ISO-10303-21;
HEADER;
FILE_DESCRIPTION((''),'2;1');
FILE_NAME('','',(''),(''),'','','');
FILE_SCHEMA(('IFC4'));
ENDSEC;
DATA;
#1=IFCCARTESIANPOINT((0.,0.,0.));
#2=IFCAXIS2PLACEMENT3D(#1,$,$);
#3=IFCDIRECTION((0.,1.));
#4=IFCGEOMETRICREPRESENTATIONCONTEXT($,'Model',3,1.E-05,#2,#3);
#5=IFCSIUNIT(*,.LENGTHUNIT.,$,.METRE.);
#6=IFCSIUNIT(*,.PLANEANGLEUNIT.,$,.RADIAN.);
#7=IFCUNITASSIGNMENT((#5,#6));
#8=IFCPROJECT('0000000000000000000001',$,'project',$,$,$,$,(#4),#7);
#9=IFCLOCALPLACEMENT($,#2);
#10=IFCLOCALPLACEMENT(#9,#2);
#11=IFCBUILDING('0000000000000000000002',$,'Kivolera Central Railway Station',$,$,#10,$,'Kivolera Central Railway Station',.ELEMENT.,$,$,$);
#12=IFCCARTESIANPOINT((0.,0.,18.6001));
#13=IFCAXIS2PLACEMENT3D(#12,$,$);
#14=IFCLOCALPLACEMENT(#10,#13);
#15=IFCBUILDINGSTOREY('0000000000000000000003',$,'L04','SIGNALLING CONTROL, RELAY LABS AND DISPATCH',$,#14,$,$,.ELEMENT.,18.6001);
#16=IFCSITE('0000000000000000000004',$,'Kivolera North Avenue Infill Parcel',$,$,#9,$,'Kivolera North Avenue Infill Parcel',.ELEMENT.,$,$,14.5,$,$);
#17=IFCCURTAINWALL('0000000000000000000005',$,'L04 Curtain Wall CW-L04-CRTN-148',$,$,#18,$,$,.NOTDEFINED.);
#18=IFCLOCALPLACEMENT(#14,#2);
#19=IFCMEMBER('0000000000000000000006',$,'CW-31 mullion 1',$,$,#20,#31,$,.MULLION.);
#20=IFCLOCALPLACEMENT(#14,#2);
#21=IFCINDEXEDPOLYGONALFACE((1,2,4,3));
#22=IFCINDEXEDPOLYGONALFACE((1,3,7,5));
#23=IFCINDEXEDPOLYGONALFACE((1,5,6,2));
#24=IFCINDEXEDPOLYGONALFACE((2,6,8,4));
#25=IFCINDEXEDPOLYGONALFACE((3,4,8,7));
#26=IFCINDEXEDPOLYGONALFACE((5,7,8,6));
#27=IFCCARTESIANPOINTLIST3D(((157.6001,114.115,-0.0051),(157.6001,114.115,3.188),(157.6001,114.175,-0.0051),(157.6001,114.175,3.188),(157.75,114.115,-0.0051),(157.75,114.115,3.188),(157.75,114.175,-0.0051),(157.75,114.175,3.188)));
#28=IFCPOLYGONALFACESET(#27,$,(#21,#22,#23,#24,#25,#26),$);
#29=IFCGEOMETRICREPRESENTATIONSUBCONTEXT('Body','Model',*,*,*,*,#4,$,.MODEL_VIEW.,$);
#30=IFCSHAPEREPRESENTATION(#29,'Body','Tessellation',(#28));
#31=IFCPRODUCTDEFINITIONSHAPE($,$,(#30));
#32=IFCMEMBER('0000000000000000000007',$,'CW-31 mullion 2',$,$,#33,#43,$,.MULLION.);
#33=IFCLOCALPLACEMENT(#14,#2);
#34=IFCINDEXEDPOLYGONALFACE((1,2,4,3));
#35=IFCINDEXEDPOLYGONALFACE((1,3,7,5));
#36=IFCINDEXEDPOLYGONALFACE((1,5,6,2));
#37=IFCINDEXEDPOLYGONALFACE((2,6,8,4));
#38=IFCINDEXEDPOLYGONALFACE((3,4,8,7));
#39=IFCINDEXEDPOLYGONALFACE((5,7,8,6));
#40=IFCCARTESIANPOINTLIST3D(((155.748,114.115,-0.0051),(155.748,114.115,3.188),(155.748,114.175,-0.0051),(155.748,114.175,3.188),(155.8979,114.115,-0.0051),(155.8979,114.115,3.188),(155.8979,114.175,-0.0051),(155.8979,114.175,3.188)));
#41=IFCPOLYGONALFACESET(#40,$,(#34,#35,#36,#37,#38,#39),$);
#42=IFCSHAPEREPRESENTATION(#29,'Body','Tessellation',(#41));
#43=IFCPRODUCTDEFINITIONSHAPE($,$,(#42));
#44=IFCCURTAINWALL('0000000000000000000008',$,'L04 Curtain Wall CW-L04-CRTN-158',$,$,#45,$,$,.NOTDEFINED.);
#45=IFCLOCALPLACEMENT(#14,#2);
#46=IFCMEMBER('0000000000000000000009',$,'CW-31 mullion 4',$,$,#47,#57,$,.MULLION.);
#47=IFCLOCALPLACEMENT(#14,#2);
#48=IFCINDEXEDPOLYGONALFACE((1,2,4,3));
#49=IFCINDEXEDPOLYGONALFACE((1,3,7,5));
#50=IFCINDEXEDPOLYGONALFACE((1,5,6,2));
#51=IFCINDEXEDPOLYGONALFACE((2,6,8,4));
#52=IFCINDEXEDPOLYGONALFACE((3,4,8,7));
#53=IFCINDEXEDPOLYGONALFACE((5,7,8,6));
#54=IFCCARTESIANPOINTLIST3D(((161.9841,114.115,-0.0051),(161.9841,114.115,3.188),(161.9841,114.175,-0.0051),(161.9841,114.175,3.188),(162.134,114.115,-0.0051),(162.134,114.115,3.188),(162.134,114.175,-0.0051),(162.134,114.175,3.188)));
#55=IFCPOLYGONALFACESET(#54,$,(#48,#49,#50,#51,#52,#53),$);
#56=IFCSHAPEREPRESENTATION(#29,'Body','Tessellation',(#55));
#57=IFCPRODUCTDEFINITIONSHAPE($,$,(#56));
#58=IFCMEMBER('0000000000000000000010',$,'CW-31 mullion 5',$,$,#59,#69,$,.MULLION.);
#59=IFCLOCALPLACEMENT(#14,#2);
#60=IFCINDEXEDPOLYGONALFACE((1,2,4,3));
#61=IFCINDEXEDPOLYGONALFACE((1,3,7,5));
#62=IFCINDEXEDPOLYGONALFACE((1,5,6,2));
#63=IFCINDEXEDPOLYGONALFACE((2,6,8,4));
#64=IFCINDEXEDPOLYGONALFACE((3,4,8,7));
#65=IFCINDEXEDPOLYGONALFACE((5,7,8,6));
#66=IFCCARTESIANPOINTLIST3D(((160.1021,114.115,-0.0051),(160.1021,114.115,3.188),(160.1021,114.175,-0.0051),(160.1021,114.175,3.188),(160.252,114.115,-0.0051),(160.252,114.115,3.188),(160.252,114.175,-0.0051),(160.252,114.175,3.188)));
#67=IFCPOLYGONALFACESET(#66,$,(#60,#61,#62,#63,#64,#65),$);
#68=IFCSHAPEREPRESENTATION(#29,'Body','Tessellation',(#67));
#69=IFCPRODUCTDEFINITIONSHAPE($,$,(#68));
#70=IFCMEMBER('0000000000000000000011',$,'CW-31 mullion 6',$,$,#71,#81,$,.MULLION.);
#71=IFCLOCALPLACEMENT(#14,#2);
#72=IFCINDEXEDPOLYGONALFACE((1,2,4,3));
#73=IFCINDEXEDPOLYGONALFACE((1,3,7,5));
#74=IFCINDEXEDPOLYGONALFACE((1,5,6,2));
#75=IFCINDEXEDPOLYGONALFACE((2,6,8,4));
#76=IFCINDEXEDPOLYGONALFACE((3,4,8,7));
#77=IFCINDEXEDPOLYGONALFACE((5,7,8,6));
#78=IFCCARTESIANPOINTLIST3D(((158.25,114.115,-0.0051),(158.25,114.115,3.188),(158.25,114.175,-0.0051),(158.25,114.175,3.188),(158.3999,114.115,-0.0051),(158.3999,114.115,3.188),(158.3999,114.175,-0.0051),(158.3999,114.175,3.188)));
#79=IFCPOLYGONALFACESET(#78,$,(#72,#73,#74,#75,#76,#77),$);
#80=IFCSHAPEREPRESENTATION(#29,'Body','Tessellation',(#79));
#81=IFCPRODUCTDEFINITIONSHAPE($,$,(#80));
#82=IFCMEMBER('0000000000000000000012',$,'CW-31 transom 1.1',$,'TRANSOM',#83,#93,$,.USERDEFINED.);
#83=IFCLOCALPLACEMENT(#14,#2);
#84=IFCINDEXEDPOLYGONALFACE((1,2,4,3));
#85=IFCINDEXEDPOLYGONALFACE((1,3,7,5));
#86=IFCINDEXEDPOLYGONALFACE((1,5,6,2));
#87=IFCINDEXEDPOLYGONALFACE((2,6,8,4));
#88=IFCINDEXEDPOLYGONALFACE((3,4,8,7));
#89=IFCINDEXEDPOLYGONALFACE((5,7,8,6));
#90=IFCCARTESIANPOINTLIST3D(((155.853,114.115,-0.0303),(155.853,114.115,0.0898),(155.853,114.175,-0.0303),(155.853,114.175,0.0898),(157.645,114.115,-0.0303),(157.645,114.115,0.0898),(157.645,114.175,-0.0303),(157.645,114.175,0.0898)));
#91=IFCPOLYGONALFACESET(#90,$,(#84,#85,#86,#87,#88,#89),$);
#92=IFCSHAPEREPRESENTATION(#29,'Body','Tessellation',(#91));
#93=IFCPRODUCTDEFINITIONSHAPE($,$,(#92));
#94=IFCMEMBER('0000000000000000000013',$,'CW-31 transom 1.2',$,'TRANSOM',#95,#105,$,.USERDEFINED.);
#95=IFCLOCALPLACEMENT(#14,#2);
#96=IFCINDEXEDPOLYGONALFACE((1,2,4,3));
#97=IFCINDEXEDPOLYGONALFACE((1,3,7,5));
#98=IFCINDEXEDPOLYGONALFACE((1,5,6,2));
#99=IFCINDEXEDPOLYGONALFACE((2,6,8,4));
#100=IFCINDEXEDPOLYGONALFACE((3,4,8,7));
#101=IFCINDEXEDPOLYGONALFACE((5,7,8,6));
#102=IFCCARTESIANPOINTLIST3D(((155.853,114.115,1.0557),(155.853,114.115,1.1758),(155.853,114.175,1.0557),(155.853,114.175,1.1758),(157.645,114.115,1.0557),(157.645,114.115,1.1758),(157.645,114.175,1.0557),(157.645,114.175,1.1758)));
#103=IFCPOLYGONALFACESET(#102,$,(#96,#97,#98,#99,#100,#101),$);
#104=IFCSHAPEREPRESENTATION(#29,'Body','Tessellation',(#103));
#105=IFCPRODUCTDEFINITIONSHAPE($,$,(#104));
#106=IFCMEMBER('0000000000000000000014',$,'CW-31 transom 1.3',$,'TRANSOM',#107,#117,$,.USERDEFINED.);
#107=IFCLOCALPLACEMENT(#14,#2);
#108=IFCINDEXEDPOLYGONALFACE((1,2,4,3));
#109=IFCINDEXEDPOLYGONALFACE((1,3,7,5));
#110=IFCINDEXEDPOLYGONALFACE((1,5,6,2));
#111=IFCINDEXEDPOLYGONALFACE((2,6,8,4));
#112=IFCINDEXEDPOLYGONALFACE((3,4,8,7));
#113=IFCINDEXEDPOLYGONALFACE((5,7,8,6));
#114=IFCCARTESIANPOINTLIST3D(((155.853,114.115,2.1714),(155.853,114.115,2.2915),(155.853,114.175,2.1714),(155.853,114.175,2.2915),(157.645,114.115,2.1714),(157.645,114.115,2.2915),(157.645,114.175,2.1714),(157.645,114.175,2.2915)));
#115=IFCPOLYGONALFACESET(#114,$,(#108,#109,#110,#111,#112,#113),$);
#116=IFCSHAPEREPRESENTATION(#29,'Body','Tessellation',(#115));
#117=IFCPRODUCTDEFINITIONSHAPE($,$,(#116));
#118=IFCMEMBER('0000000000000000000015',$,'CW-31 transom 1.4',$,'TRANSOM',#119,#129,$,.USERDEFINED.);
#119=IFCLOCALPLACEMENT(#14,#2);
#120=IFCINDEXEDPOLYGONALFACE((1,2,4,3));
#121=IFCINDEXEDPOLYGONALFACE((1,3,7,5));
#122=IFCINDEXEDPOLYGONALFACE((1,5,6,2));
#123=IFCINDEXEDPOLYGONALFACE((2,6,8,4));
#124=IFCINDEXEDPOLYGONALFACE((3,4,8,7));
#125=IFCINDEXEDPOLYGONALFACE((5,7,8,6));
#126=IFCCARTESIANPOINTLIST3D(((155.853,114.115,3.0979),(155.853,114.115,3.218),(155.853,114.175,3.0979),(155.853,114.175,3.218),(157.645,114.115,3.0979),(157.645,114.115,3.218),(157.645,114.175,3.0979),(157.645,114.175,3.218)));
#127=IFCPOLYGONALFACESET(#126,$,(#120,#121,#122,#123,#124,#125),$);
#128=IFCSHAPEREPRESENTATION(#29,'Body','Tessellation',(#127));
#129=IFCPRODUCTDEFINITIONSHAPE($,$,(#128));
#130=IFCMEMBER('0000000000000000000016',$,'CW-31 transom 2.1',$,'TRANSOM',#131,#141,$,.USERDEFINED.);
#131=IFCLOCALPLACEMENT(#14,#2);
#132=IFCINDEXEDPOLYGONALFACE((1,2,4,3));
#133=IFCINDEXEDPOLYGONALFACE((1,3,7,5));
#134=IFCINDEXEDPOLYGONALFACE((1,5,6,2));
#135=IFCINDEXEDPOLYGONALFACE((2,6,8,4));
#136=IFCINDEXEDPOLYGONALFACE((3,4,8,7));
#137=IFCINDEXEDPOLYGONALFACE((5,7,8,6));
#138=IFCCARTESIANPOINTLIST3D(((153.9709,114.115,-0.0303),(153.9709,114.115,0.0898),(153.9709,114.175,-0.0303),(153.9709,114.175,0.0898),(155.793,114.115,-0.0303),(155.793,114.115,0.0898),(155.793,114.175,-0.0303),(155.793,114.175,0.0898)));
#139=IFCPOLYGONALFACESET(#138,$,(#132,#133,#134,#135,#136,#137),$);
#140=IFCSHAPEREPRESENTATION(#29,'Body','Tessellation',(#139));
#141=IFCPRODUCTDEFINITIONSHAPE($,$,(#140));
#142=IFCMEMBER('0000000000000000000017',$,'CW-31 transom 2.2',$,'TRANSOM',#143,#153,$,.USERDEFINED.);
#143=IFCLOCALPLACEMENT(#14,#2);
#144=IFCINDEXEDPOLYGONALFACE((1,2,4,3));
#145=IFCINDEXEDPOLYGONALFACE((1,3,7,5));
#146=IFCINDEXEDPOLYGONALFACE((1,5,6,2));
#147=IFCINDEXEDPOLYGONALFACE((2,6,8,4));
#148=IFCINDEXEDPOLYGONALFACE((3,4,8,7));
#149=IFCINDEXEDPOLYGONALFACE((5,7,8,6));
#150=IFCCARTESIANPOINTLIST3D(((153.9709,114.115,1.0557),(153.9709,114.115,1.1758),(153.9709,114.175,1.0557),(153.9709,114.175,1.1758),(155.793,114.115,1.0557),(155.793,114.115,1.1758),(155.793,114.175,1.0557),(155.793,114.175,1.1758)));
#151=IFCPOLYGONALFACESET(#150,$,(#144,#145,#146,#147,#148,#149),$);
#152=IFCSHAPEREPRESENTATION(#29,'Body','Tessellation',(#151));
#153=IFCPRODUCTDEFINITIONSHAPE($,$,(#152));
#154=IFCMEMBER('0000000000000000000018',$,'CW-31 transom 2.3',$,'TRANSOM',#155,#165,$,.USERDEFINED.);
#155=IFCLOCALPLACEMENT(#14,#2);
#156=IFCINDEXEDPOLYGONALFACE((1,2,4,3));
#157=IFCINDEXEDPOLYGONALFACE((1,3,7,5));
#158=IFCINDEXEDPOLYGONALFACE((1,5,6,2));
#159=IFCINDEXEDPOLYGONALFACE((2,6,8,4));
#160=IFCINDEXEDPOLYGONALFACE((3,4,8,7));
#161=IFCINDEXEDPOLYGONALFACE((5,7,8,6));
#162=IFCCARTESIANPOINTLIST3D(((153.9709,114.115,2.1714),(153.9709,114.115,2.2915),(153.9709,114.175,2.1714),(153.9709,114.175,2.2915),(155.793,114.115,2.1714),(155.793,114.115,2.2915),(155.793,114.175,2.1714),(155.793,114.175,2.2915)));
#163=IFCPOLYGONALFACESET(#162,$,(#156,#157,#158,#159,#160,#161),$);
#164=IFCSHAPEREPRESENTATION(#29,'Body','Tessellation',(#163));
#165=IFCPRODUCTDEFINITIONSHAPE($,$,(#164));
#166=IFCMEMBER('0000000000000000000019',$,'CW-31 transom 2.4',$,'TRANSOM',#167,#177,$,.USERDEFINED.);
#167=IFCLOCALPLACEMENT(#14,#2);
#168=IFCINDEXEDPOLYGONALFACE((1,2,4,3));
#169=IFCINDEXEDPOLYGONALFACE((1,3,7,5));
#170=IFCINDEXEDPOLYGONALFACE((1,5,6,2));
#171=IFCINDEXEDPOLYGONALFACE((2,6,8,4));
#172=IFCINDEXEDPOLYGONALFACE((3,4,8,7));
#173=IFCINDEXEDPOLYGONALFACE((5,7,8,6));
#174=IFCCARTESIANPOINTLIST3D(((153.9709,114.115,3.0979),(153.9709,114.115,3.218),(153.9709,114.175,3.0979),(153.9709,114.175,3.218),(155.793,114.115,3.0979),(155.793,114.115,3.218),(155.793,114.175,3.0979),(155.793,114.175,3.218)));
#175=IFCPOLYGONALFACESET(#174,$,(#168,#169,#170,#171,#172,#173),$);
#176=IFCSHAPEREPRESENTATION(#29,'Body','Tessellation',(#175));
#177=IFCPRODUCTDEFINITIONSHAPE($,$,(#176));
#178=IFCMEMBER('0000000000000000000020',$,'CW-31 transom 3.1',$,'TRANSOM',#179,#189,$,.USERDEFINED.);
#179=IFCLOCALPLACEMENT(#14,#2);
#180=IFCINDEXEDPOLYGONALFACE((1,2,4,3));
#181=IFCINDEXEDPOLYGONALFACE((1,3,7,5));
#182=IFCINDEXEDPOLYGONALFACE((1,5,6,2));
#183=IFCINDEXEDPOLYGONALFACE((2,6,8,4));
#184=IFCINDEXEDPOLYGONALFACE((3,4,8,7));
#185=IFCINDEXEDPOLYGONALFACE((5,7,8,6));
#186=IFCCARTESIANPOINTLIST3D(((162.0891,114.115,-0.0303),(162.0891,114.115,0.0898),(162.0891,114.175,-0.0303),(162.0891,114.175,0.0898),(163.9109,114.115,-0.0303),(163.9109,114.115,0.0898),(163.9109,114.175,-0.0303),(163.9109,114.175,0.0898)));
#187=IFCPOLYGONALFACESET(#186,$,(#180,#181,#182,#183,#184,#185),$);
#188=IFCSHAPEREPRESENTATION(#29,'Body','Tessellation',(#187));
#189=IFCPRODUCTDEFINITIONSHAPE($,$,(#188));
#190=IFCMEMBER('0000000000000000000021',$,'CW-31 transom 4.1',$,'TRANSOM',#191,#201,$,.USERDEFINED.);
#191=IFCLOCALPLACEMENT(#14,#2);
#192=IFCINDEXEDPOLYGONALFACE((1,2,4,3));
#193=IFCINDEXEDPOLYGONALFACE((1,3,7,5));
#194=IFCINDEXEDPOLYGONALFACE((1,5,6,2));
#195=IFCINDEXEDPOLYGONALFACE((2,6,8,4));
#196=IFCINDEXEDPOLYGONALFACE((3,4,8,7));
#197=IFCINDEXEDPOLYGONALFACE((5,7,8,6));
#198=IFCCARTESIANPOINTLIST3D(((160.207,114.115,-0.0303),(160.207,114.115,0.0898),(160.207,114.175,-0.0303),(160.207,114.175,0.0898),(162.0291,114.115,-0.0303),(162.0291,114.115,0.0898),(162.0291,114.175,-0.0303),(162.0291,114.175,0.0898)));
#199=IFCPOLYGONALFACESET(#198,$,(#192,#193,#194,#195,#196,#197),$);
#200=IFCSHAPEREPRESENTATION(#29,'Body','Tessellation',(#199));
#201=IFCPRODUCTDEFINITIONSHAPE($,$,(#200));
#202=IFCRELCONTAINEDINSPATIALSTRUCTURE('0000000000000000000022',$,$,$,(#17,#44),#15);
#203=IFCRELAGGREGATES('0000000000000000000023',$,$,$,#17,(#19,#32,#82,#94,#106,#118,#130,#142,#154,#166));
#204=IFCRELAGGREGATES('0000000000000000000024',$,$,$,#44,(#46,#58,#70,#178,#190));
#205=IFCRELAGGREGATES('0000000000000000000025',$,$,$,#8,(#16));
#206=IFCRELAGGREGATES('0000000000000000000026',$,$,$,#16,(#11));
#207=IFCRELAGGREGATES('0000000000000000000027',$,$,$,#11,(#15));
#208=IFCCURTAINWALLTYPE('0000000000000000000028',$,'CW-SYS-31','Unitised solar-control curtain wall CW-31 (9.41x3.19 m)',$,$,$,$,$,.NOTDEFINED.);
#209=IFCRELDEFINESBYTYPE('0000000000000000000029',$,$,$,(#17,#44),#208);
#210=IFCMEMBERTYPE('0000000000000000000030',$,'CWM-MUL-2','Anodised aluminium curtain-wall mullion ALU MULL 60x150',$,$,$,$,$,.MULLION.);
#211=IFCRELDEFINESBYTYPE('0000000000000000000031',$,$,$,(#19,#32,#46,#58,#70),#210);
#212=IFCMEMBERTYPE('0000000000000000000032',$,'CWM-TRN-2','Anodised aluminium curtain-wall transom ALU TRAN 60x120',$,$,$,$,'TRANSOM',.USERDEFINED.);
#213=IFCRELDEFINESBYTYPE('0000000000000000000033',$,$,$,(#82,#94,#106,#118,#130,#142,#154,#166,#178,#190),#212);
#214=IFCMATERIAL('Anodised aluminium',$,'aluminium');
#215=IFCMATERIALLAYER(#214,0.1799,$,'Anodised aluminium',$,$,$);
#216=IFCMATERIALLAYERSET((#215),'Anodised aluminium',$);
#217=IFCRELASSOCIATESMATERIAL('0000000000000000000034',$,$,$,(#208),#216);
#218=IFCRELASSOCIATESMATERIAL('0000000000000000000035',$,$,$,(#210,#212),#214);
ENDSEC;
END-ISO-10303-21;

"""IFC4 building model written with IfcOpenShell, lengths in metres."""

from ifc_helpers import new_model, si_unit, direction, frame, origin, origin_2d, place, context, subcontext, project, spatial, rectangle, extrude, material, layer, layer_set, material_profile, profile_set, type_object, element, aggregate, save


model = new_model("IFC4")

# Units and contexts
model_context = context("Model", 3, precision=1e-05, world=origin(), true_north=direction((0.0, 1.0)))
body_context = subcontext(model_context, "Body", "Model", "MODEL_VIEW")
ifc_project = project(units=[si_unit("LENGTHUNIT", "METRE"), si_unit("PLANEANGLEUNIT", "RADIAN")], contexts=[model_context])

# Site, building, storey
site_placement = place(None, origin())
site = spatial("IfcSite", under=ifc_project, at=site_placement, Name="Kivolera North Avenue Infill Parcel", LongName="Kivolera North Avenue Infill Parcel", CompositionType="ELEMENT", RefElevation=14.5)
building_placement = place(site_placement, origin())
building = spatial("IfcBuilding", under=site, at=building_placement, Name="Kivolera Central Railway Station", LongName="Kivolera Central Railway Station", CompositionType="ELEMENT")
storey_placement = place(building_placement, frame((0.0, 0.0, 18.6001)))
storey = spatial("IfcBuildingStorey", under=building, at=storey_placement, Name="L04", Description="SIGNALLING CONTROL, RELAY LABS AND DISPATCH", CompositionType="ELEMENT", Elevation=18.6001)

# Curtain walls, members
ifc_material_1 = material(Name="Anodised aluminium", Category="aluminium")
ifc_layer_1 = layer(ifc_material_1, 0.1799, Name="Anodised aluminium")
ifc_layer_set_1 = layer_set([ifc_layer_1], Name="Anodised aluminium")
curtain_wall_type = type_object("IfcCurtainWallType", Name="CW-SYS-31", Description="Unitised solar-control curtain wall CW-31 (9.41x3.19 m)", PredefinedType="NOTDEFINED", material=ifc_layer_set_1)
curtain_wall_1_placement = place(storey_placement, origin())
curtain_wall_1 = element("IfcCurtainWall", 1, at=curtain_wall_1_placement, inside=storey, type_object=curtain_wall_type, Name="L04 Curtain Wall CW-L04-CRTN-148", PredefinedType="NOTDEFINED")
ifc_material_profile_1 = material_profile(ifc_material_1, rectangle(XDim=0.0601, YDim=0.1499, at=origin_2d()), Name="ALU MULL 60x150")
ifc_profile_set_1 = profile_set([ifc_material_profile_1], Name="Anodised aluminium")
member_type_1 = type_object("IfcMemberType", Name="CWM-MUL-2", Description="Anodised aluminium curtain-wall mullion ALU MULL 60x150", PredefinedType="MULLION", material=ifc_profile_set_1)
member_1_placement = place(storey_placement, frame((157.675, 114.145, -0.0051), z_axis=(0.0, 0.0, 1.0), x_axis=(0.0, -1.0, 0.0)))
member_1 = element("IfcMember", 2, at=member_1_placement, type_object=member_type_1, Name="CW-31 mullion 1", PredefinedType="MULLION", context=body_context, shape_type="SweptSolid", body=[
    extrude(rectangle(XDim=0.0601, YDim=0.1499, at=origin_2d()), origin(), (0.0, 0.0, 1.0), 3.1931),
])
member_2_placement = place(storey_placement, frame((155.823, 114.145, -0.0051), z_axis=(0.0, 0.0, 1.0), x_axis=(0.0, -1.0, 0.0)))
member_2 = element("IfcMember", 3, at=member_2_placement, type_object=member_type_1, Name="CW-31 mullion 2", PredefinedType="MULLION", context=body_context, shape_type="SweptSolid", body=[
    extrude(rectangle(XDim=0.0601, YDim=0.1499, at=origin_2d()), origin(), (0.0, 0.0, 1.0), 3.1931),
])
curtain_wall_2_placement = place(storey_placement, origin())
curtain_wall_2 = element("IfcCurtainWall", 4, at=curtain_wall_2_placement, inside=storey, type_object=curtain_wall_type, Name="L04 Curtain Wall CW-L04-CRTN-158", PredefinedType="NOTDEFINED")
member_3_placement = place(storey_placement, frame((162.0591, 114.145, -0.0051), z_axis=(0.0, 0.0, 1.0), x_axis=(0.0, -1.0, 0.0)))
member_3 = element("IfcMember", 5, at=member_3_placement, type_object=member_type_1, Name="CW-31 mullion 4", PredefinedType="MULLION", context=body_context, shape_type="SweptSolid", body=[
    extrude(rectangle(XDim=0.0601, YDim=0.1499, at=origin_2d()), origin(), (0.0, 0.0, 1.0), 3.1931),
])
member_4_placement = place(storey_placement, frame((160.177, 114.145, -0.0051), z_axis=(0.0, 0.0, 1.0), x_axis=(0.0, -1.0, 0.0)))
member_4 = element("IfcMember", 6, at=member_4_placement, type_object=member_type_1, Name="CW-31 mullion 5", PredefinedType="MULLION", context=body_context, shape_type="SweptSolid", body=[
    extrude(rectangle(XDim=0.0601, YDim=0.1499, at=origin_2d()), origin(), (0.0, 0.0, 1.0), 3.1931),
])
member_5_placement = place(storey_placement, frame((158.325, 114.145, -0.0051), z_axis=(0.0, 0.0, 1.0), x_axis=(0.0, -1.0, 0.0)))
member_5 = element("IfcMember", 7, at=member_5_placement, type_object=member_type_1, Name="CW-31 mullion 6", PredefinedType="MULLION", context=body_context, shape_type="SweptSolid", body=[
    extrude(rectangle(XDim=0.0601, YDim=0.1499, at=origin_2d()), origin(), (0.0, 0.0, 1.0), 3.1931),
])

# Members
ifc_material_profile_2 = material_profile(ifc_material_1, rectangle(XDim=0.0601, YDim=0.1201, at=origin_2d()), Name="ALU TRAN 60x120")
ifc_profile_set_2 = profile_set([ifc_material_profile_2], Name="Anodised aluminium")
member_type_2 = type_object("IfcMemberType", Name="CWM-TRN-2", Description="Anodised aluminium curtain-wall transom ALU TRAN 60x120", ElementType="TRANSOM", PredefinedType="USERDEFINED", material=ifc_profile_set_2)
member_6_placement = place(storey_placement, frame((157.645, 114.145, 0.0298), z_axis=(-1.0, 0.0, 0.0), x_axis=(0.0, -1.0, 0.0)))
member_6 = element("IfcMember", 8, at=member_6_placement, type_object=member_type_2, Name="CW-31 transom 1.1", ObjectType="TRANSOM", PredefinedType="USERDEFINED", context=body_context, shape_type="SweptSolid", body=[
    extrude(rectangle(XDim=0.0601, YDim=0.1201, at=origin_2d()), origin(), (0.0, 0.0, 1.0), 1.792),
])
member_7_placement = place(storey_placement, frame((157.645, 114.145, 1.1157), z_axis=(-1.0, 0.0, 0.0), x_axis=(0.0, -1.0, 0.0)))
member_7 = element("IfcMember", 9, at=member_7_placement, type_object=member_type_2, Name="CW-31 transom 1.2", ObjectType="TRANSOM", PredefinedType="USERDEFINED", context=body_context, shape_type="SweptSolid", body=[
    extrude(rectangle(XDim=0.0601, YDim=0.1201, at=origin_2d()), origin(), (0.0, 0.0, 1.0), 1.792),
])
member_8_placement = place(storey_placement, frame((157.645, 114.145, 2.2314), z_axis=(-1.0, 0.0, 0.0), x_axis=(0.0, -1.0, 0.0)))
member_8 = element("IfcMember", 10, at=member_8_placement, type_object=member_type_2, Name="CW-31 transom 1.3", ObjectType="TRANSOM", PredefinedType="USERDEFINED", context=body_context, shape_type="SweptSolid", body=[
    extrude(rectangle(XDim=0.0601, YDim=0.1201, at=origin_2d()), origin(), (0.0, 0.0, 1.0), 1.792),
])
member_9_placement = place(storey_placement, frame((157.645, 114.145, 3.158), z_axis=(-1.0, 0.0, 0.0), x_axis=(0.0, -1.0, 0.0)))
member_9 = element("IfcMember", 11, at=member_9_placement, type_object=member_type_2, Name="CW-31 transom 1.4", ObjectType="TRANSOM", PredefinedType="USERDEFINED", context=body_context, shape_type="SweptSolid", body=[
    extrude(rectangle(XDim=0.0601, YDim=0.1201, at=origin_2d()), origin(), (0.0, 0.0, 1.0), 1.792),
])
member_10_placement = place(storey_placement, frame((155.793, 114.145, 0.0298), z_axis=(-1.0, 0.0, 0.0), x_axis=(0.0, -1.0, 0.0)))
member_10 = element("IfcMember", 12, at=member_10_placement, type_object=member_type_2, Name="CW-31 transom 2.1", ObjectType="TRANSOM", PredefinedType="USERDEFINED", context=body_context, shape_type="SweptSolid", body=[
    extrude(rectangle(XDim=0.0601, YDim=0.1201, at=origin_2d()), origin(), (0.0, 0.0, 1.0), 1.822),
])
member_11_placement = place(storey_placement, frame((155.793, 114.145, 1.1157), z_axis=(-1.0, 0.0, 0.0), x_axis=(0.0, -1.0, 0.0)))
member_11 = element("IfcMember", 13, at=member_11_placement, type_object=member_type_2, Name="CW-31 transom 2.2", ObjectType="TRANSOM", PredefinedType="USERDEFINED", context=body_context, shape_type="SweptSolid", body=[
    extrude(rectangle(XDim=0.0601, YDim=0.1201, at=origin_2d()), origin(), (0.0, 0.0, 1.0), 1.822),
])
member_12_placement = place(storey_placement, frame((155.793, 114.145, 2.2314), z_axis=(-1.0, 0.0, 0.0), x_axis=(0.0, -1.0, 0.0)))
member_12 = element("IfcMember", 14, at=member_12_placement, type_object=member_type_2, Name="CW-31 transom 2.3", ObjectType="TRANSOM", PredefinedType="USERDEFINED", context=body_context, shape_type="SweptSolid", body=[
    extrude(rectangle(XDim=0.0601, YDim=0.1201, at=origin_2d()), origin(), (0.0, 0.0, 1.0), 1.822),
])
member_13_placement = place(storey_placement, frame((155.793, 114.145, 3.158), z_axis=(-1.0, 0.0, 0.0), x_axis=(0.0, -1.0, 0.0)))
member_13 = element("IfcMember", 15, at=member_13_placement, type_object=member_type_2, Name="CW-31 transom 2.4", ObjectType="TRANSOM", PredefinedType="USERDEFINED", context=body_context, shape_type="SweptSolid", body=[
    extrude(rectangle(XDim=0.0601, YDim=0.1201, at=origin_2d()), origin(), (0.0, 0.0, 1.0), 1.822),
])
member_14_placement = place(storey_placement, frame((163.9109, 114.145, 0.0298), z_axis=(-1.0, 0.0, 0.0), x_axis=(0.0, -1.0, 0.0)))
member_14 = element("IfcMember", 16, at=member_14_placement, type_object=member_type_2, Name="CW-31 transom 3.1", ObjectType="TRANSOM", PredefinedType="USERDEFINED", context=body_context, shape_type="SweptSolid", body=[
    extrude(rectangle(XDim=0.0601, YDim=0.1201, at=origin_2d()), origin(), (0.0, 0.0, 1.0), 1.8218),
])
member_15_placement = place(storey_placement, frame((162.0291, 114.145, 0.0298), z_axis=(-1.0, 0.0, 0.0), x_axis=(0.0, -1.0, 0.0)))
member_15 = element("IfcMember", 17, at=member_15_placement, type_object=member_type_2, Name="CW-31 transom 4.1", ObjectType="TRANSOM", PredefinedType="USERDEFINED", context=body_context, shape_type="SweptSolid", body=[
    extrude(rectangle(XDim=0.0601, YDim=0.1201, at=origin_2d()), origin(), (0.0, 0.0, 1.0), 1.822),
])

aggregate(curtain_wall_1, [member_1, member_2, member_6, member_7, member_8, member_9, member_10, member_11, member_12, member_13])
aggregate(curtain_wall_2, [member_3, member_4, member_5, member_14, member_15])

save(model, "model.ifc")
